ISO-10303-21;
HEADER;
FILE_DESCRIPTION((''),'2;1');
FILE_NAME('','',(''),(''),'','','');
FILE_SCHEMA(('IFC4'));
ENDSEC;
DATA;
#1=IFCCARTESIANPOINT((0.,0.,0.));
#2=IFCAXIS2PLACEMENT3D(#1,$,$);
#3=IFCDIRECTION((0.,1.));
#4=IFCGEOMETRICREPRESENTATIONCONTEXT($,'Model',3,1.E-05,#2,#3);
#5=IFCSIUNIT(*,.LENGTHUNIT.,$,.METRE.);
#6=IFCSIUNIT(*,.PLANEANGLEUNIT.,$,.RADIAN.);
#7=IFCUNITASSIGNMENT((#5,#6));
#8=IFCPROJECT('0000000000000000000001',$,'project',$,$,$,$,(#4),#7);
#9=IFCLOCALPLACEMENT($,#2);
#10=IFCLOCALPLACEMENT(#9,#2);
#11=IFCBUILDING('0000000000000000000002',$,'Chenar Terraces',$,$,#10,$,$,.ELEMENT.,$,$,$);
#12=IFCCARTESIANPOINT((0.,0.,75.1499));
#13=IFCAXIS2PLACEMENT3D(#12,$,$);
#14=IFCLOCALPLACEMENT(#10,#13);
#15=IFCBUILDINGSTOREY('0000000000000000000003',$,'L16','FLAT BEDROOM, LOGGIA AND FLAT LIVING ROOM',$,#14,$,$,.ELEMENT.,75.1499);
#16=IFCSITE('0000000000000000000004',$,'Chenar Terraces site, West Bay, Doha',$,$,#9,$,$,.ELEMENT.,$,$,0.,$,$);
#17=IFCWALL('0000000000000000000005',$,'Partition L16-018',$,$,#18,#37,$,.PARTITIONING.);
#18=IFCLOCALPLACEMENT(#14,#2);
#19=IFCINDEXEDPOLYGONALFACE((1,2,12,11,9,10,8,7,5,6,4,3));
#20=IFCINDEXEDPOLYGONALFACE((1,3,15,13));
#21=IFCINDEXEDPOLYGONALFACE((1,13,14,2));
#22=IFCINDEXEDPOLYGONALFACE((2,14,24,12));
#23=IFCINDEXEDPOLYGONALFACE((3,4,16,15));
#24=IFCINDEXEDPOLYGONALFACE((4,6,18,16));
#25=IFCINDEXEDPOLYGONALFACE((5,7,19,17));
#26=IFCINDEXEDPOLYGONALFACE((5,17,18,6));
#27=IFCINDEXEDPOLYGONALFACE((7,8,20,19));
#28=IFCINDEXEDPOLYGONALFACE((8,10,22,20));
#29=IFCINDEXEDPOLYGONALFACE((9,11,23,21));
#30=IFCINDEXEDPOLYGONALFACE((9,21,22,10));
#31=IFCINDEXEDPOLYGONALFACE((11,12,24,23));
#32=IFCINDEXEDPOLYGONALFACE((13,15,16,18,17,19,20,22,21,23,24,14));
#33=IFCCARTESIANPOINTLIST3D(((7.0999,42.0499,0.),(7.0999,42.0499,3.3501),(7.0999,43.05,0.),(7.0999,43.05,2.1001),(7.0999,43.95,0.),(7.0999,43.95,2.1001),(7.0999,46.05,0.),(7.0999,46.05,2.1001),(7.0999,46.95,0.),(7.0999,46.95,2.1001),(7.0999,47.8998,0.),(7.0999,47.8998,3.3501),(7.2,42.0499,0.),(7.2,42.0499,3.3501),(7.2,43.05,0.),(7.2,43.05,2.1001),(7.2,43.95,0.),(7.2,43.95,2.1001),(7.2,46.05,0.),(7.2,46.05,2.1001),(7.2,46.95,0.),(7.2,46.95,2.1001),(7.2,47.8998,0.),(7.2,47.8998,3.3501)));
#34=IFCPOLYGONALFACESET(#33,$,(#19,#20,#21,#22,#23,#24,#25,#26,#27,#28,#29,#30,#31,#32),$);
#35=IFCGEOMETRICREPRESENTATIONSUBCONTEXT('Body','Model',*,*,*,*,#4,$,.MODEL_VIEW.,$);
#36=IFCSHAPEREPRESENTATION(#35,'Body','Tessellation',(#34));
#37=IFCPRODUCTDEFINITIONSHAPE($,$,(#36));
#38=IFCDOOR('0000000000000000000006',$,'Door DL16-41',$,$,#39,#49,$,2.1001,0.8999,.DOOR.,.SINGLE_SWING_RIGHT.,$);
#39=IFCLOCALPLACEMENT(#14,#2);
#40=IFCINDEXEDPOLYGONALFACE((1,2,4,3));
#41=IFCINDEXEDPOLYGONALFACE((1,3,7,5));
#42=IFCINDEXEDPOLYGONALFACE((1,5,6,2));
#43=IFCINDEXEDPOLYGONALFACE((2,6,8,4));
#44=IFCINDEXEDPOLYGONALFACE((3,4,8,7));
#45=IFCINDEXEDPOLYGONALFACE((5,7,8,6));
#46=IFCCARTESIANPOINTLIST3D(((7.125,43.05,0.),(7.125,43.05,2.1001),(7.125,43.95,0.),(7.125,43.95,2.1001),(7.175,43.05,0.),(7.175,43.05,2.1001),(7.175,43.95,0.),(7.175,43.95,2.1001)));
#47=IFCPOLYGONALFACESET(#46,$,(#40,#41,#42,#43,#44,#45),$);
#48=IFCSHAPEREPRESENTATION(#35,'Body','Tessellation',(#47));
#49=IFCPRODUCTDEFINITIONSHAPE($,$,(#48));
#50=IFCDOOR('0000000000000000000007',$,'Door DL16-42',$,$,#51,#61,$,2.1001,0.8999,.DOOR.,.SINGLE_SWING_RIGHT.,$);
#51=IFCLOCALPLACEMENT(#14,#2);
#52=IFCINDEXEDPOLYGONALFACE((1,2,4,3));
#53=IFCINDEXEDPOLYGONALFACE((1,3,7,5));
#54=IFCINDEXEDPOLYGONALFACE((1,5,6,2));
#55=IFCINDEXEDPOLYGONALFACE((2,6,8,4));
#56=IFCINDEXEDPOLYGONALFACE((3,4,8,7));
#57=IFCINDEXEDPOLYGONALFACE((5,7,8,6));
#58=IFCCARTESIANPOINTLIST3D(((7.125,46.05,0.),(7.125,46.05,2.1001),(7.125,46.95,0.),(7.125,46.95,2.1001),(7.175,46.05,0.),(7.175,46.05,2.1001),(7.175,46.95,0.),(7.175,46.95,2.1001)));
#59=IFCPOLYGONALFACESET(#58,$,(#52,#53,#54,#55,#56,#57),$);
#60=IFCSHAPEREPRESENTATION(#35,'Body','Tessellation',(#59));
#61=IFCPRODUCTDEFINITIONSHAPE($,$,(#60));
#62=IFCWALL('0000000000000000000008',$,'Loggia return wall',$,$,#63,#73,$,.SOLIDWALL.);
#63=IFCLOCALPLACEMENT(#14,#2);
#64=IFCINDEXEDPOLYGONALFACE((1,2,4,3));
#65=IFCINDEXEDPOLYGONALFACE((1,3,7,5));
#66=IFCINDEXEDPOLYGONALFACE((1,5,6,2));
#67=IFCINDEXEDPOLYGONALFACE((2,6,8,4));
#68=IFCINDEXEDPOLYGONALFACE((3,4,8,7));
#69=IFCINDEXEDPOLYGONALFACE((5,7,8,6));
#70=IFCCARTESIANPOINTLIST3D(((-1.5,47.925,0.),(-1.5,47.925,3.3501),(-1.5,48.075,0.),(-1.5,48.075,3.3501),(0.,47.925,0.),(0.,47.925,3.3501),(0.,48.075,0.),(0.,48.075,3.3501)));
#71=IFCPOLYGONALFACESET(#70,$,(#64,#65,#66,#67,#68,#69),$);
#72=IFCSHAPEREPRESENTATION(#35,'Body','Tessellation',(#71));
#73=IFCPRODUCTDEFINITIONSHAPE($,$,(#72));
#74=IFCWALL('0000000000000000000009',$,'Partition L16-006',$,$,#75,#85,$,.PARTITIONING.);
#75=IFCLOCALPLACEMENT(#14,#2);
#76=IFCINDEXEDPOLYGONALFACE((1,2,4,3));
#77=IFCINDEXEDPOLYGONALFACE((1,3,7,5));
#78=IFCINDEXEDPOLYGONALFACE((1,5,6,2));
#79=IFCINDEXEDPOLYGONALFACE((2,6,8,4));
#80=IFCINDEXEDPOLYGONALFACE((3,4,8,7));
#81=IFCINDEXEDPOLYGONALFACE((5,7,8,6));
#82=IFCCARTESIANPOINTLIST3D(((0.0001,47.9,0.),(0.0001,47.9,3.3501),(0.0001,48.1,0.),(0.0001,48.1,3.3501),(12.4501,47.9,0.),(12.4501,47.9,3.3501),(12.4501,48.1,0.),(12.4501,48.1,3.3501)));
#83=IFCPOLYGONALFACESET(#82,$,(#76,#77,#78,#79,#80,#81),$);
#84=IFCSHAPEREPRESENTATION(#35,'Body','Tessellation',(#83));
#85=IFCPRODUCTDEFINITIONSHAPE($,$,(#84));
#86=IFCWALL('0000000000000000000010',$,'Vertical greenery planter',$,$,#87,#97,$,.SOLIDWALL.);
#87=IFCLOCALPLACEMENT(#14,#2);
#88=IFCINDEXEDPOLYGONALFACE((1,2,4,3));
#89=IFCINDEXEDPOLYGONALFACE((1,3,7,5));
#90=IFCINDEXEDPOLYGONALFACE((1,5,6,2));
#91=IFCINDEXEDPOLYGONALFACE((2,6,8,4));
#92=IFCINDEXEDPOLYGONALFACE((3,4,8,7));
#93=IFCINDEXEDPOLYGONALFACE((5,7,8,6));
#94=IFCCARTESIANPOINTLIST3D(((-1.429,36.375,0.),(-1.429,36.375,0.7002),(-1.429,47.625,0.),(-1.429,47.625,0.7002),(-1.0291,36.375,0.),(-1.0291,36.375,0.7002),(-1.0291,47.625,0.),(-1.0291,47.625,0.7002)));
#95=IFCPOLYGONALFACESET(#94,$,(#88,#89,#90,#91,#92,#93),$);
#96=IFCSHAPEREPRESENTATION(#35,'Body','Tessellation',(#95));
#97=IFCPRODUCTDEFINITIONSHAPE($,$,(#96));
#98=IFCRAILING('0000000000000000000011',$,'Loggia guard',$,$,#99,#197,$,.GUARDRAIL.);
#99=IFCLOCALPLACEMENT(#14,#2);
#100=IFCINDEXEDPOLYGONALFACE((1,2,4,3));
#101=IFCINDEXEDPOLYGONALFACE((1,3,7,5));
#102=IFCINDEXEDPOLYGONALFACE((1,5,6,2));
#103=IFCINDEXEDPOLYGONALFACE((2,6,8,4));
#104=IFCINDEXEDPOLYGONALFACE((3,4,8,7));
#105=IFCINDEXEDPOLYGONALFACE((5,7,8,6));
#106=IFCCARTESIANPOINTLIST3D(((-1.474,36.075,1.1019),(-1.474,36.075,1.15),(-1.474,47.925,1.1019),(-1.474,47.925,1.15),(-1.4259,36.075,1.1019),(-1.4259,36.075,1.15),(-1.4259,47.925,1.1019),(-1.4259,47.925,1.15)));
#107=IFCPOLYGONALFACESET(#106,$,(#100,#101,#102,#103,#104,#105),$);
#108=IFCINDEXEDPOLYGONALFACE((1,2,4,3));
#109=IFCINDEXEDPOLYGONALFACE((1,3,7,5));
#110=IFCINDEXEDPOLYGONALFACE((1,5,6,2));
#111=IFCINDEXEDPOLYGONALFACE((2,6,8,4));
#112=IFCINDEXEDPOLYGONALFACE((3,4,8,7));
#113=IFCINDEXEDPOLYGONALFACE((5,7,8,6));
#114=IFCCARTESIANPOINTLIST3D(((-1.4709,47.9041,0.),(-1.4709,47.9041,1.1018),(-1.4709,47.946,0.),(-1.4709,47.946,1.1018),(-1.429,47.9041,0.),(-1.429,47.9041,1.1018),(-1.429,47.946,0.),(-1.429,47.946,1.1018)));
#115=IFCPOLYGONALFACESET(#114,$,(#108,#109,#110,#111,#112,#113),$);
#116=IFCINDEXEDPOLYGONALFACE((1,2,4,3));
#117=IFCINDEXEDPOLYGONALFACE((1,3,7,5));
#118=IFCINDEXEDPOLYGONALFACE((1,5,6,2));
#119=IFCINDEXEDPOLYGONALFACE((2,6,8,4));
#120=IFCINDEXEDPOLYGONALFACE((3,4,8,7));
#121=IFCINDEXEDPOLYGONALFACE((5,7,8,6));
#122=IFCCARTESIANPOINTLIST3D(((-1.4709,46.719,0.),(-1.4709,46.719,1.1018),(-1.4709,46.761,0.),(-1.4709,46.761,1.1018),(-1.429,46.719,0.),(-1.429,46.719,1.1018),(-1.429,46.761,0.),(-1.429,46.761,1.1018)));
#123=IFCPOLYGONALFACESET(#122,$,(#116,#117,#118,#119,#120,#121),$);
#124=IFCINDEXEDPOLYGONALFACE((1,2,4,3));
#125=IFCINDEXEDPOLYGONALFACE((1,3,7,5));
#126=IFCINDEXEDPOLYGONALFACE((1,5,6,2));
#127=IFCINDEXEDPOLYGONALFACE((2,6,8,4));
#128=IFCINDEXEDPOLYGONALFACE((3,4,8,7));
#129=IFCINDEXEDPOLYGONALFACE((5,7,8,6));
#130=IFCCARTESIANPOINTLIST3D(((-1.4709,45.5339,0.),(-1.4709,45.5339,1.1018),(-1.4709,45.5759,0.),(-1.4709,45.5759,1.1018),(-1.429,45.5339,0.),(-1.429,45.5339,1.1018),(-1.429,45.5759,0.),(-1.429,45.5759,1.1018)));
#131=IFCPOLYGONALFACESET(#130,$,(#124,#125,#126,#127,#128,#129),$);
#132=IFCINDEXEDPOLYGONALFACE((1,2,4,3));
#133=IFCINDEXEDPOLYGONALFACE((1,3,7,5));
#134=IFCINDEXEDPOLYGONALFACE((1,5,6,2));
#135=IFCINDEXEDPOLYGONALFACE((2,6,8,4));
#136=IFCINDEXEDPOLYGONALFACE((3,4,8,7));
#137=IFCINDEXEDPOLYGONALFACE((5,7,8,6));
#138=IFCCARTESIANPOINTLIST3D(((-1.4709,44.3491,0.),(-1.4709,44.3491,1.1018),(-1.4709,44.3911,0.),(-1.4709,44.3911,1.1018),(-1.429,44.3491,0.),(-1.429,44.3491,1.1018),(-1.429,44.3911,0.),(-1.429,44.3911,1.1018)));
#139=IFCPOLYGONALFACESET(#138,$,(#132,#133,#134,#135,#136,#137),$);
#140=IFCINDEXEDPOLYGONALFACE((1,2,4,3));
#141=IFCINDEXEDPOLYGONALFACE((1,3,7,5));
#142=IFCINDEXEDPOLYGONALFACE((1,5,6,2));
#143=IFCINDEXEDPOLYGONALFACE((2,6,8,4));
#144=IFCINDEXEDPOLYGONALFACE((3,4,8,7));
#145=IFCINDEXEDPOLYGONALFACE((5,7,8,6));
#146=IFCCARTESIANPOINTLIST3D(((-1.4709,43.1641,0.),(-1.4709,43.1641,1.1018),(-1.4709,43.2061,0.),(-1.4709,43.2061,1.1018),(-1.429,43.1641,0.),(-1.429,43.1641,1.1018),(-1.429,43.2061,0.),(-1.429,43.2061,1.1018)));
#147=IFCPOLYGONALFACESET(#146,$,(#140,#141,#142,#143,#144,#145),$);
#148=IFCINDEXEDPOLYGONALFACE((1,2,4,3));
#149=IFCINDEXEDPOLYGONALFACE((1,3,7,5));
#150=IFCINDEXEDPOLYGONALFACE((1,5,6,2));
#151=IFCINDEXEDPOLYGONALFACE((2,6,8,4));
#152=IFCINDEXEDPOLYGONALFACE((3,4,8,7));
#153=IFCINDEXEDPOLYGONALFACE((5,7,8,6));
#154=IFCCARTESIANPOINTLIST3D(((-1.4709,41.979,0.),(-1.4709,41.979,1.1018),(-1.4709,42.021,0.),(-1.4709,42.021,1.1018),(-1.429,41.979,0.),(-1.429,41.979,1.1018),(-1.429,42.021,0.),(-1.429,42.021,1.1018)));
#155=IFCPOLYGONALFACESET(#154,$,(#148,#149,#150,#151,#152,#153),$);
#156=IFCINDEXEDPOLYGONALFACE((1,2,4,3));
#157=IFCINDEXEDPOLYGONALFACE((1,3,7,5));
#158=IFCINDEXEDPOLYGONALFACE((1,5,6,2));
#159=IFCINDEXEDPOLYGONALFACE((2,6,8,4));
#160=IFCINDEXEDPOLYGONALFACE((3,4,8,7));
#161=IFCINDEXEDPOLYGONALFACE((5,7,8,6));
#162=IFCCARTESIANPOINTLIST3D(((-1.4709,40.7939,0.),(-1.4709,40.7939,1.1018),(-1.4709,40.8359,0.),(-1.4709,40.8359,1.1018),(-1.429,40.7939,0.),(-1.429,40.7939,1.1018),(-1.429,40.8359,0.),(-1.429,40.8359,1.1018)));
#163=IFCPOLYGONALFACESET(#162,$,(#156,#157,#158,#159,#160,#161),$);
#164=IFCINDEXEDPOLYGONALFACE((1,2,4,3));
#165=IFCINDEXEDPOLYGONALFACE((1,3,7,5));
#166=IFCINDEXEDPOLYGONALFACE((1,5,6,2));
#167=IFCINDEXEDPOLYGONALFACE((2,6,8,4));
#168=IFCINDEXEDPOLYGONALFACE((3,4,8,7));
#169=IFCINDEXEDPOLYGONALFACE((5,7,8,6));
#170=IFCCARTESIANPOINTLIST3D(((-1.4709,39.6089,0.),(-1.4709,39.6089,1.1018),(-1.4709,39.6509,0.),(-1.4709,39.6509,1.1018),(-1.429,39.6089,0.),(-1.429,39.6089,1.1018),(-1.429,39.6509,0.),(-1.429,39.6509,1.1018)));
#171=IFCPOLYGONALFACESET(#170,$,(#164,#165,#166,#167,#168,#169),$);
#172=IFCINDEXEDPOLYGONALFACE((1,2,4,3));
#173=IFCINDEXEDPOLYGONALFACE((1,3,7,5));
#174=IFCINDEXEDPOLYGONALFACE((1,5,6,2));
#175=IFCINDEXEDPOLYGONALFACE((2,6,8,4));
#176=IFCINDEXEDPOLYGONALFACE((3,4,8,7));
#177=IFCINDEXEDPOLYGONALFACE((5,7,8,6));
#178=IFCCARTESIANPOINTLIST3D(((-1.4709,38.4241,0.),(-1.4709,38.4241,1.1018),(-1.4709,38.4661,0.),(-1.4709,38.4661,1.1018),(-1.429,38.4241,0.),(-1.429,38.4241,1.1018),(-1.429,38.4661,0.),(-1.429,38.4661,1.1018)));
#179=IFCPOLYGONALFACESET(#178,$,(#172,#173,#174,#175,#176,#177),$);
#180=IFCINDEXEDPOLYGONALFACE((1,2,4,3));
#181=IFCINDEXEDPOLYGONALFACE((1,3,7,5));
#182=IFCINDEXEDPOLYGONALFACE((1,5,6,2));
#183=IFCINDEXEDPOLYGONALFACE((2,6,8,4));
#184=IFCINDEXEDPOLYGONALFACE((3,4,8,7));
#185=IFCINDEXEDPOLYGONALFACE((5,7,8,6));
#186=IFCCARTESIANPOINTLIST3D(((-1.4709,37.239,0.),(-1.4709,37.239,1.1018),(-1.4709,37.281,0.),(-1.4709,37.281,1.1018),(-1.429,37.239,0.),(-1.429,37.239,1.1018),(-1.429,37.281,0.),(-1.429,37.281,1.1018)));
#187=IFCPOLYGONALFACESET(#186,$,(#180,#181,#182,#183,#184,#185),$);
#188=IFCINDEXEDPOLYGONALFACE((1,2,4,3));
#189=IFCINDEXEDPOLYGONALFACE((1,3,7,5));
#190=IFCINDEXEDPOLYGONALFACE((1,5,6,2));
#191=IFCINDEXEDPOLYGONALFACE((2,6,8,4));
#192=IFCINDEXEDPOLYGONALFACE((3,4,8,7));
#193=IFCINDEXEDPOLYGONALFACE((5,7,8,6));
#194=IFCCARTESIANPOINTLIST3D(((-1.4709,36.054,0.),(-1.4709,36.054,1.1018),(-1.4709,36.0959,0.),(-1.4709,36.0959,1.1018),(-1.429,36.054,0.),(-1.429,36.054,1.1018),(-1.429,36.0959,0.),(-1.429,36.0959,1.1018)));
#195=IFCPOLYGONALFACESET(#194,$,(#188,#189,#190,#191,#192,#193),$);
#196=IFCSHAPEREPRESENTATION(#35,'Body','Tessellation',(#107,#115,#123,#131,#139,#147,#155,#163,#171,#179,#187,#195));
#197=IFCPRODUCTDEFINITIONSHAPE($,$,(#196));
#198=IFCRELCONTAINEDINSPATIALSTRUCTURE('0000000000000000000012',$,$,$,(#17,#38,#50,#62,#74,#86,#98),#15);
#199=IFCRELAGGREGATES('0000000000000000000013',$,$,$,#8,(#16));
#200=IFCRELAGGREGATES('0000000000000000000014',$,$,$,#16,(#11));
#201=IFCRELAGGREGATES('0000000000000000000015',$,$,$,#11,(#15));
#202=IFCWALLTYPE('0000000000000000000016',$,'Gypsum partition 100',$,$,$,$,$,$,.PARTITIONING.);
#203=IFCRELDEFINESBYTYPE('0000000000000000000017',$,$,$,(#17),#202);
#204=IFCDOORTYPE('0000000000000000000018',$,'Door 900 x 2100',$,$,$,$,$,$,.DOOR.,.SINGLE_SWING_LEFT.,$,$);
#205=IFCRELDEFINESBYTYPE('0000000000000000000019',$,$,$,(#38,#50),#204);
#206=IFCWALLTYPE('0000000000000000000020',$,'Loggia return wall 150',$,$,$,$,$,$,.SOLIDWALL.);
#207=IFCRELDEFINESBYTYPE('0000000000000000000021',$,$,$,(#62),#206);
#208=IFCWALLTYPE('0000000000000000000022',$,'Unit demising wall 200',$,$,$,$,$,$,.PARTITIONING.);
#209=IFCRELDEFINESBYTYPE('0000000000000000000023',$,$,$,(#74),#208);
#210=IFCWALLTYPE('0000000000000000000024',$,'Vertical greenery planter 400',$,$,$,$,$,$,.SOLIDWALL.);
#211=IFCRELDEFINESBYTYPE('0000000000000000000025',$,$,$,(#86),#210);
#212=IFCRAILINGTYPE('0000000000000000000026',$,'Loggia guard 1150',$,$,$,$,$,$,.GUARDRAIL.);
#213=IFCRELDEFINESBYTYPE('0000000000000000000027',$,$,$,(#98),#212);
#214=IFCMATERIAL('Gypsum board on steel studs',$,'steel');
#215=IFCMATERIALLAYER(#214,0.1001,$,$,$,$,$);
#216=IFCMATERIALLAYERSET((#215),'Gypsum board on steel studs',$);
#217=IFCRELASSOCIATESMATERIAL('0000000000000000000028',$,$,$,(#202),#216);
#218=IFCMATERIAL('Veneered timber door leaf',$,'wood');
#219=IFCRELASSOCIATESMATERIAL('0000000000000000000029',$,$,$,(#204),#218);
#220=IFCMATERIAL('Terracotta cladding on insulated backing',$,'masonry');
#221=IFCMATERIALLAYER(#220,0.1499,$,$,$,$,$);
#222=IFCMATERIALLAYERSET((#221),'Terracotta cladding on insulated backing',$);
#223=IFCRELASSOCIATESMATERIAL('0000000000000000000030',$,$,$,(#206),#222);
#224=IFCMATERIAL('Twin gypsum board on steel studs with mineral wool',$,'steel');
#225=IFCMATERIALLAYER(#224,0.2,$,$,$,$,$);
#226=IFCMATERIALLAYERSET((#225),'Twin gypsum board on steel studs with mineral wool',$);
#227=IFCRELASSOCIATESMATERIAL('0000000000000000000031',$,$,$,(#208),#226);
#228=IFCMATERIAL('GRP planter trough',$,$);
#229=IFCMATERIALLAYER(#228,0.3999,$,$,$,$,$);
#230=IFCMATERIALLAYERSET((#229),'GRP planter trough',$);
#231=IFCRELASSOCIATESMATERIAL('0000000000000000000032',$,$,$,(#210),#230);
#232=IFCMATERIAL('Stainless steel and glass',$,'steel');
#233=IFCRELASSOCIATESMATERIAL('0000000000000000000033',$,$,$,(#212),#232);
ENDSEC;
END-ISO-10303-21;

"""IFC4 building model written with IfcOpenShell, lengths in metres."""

from ifc_helpers import new_model, si_unit, direction, frame, frame_2d, origin, origin_2d, place, context, subcontext, project, spatial, rectangle, extrude, material, layer, layer_set, type_object, element, fill, save


model = new_model("IFC4")

# Units and contexts
model_context = context("Model", 3, precision=1e-05, world=origin(), true_north=direction((0.0, 1.0)))
body_context = subcontext(model_context, "Body", "Model", "MODEL_VIEW")
ifc_project = project(units=[si_unit("LENGTHUNIT", "METRE"), si_unit("PLANEANGLEUNIT", "RADIAN")], contexts=[model_context])

# Site, building, storey
site_placement = place(None, origin())
site = spatial("IfcSite", under=ifc_project, at=site_placement, Name="Chenar Terraces site, West Bay, Doha", CompositionType="ELEMENT", RefElevation=0.0)
building_placement = place(site_placement, origin())
building = spatial("IfcBuilding", under=site, at=building_placement, Name="Chenar Terraces", CompositionType="ELEMENT")
storey_placement = place(building_placement, frame((0.0, 0.0, 75.1499)))
storey = spatial("IfcBuildingStorey", under=building, at=storey_placement, Name="L16", Description="FLAT BEDROOM, LOGGIA AND FLAT LIVING ROOM", CompositionType="ELEMENT", Elevation=75.1499)

# Shared definitions
ifc_material_1 = material(Name="Gypsum board on steel studs", Category="steel")
ifc_layer_1 = layer(ifc_material_1, 0.1001)
ifc_layer_set_1 = layer_set([ifc_layer_1], Name="Gypsum board on steel studs")
wall_type_1 = type_object("IfcWallType", Name="Gypsum partition 100", PredefinedType="PARTITIONING", material=ifc_layer_set_1)

# Wall, openings, doors
wall_1_placement = place(storey_placement, frame((7.1499, 42.05, 0.0), z_axis=(0.0, 0.0, 1.0), x_axis=(0.0, 1.0, 0.0)))
wall_1 = element("IfcWall", 1, at=wall_1_placement, inside=storey, type_object=wall_type_1, Name="Partition L16-018", PredefinedType="PARTITIONING", context=body_context, shape_type="SweptSolid", body=[
    extrude(rectangle(XDim=5.8499, YDim=0.1001, at=frame_2d((2.9248, 0.0))), origin(), (0.0, 0.0, 1.0), 3.3501),
])
opening_1_placement = place(wall_1_placement, frame((1.0, 0.0, 0.0)))
opening_1 = element("IfcOpeningElement", 2, at=opening_1_placement, cuts=wall_1, PredefinedType="OPENING", context=body_context, shape_type="SweptSolid", body=[
    extrude(rectangle(XDim=0.8999, YDim=2.1001, at=frame_2d((0.45, 1.05))), frame((0.0, 0.0601, 0.0), z_axis=(0.0, -1.0, 0.0), x_axis=(1.0, 0.0, 0.0)), (0.0, 0.0, 1.0), 0.1201),
])
opening_2_placement = place(wall_1_placement, frame((4.0, 0.0, 0.0)))
opening_2 = element("IfcOpeningElement", 3, at=opening_2_placement, cuts=wall_1, PredefinedType="OPENING", context=body_context, shape_type="SweptSolid", body=[
    extrude(rectangle(XDim=0.8999, YDim=2.1001, at=frame_2d((0.45, 1.05))), frame((0.0, 0.0601, 0.0), z_axis=(0.0, -1.0, 0.0), x_axis=(1.0, 0.0, 0.0)), (0.0, 0.0, 1.0), 0.1201),
])
ifc_material_2 = material(Name="Veneered timber door leaf", Category="wood")
door_type_1 = type_object("IfcDoorType", Name="Door 900 x 2100", OperationType="SINGLE_SWING_LEFT", PredefinedType="DOOR", material=ifc_material_2)
door_1_placement = place(opening_1_placement, origin())
door_1 = element("IfcDoor", 4, at=door_1_placement, inside=storey, type_object=door_type_1, Name="Door DL16-41", OperationType="SINGLE_SWING_RIGHT", OverallHeight=2.1001, OverallWidth=0.8999, PredefinedType="DOOR", context=body_context, shape_type="SweptSolid", body=[
    extrude(rectangle(XDim=0.8999, YDim=2.1001, at=frame_2d((0.45, 1.05))), frame((0.0, 0.0249, 0.0), z_axis=(0.0, -1.0, 0.0), x_axis=(1.0, 0.0, 0.0)), (0.0, 0.0, 1.0), 0.05),
])
fill(opening_1, door_1)
door_2_placement = place(opening_2_placement, origin())
door_2 = element("IfcDoor", 5, at=door_2_placement, inside=storey, type_object=door_type_1, Name="Door DL16-42", OperationType="SINGLE_SWING_RIGHT", OverallHeight=2.1001, OverallWidth=0.8999, PredefinedType="DOOR", context=body_context, shape_type="SweptSolid", body=[
    extrude(rectangle(XDim=0.8999, YDim=2.1001, at=frame_2d((0.45, 1.05))), frame((0.0, 0.0249, 0.0), z_axis=(0.0, -1.0, 0.0), x_axis=(1.0, 0.0, 0.0)), (0.0, 0.0, 1.0), 0.05),
])
fill(opening_2, door_2)

# Walls
ifc_material_3 = material(Name="Terracotta cladding on insulated backing", Category="masonry")
ifc_layer_2 = layer(ifc_material_3, 0.1499)
ifc_layer_set_2 = layer_set([ifc_layer_2], Name="Terracotta cladding on insulated backing")
wall_type_2 = type_object("IfcWallType", Name="Loggia return wall 150", PredefinedType="SOLIDWALL", material=ifc_layer_set_2)
wall_2_placement = place(storey_placement, frame((-1.5, 48.0, 0.0), z_axis=(0.0, 0.0, 1.0), x_axis=(1.0, 0.0, 0.0)))
element("IfcWall", 6, at=wall_2_placement, inside=storey, type_object=wall_type_2, Name="Loggia return wall", PredefinedType="SOLIDWALL", context=body_context, shape_type="SweptSolid", body=[
    extrude(rectangle(XDim=1.5, YDim=0.1499, at=frame_2d((0.75, 0.0))), origin(), (0.0, 0.0, 1.0), 3.3501),
])
ifc_material_4 = material(Name="Twin gypsum board on steel studs with mineral wool", Category="steel")
ifc_layer_3 = layer(ifc_material_4, 0.2)
ifc_layer_set_3 = layer_set([ifc_layer_3], Name="Twin gypsum board on steel studs with mineral wool")
wall_type_3 = type_object("IfcWallType", Name="Unit demising wall 200", PredefinedType="PARTITIONING", material=ifc_layer_set_3)
wall_3_placement = place(storey_placement, frame((0.0, 48.0, 0.0), z_axis=(0.0, 0.0, 1.0), x_axis=(1.0, 0.0, 0.0)))
element("IfcWall", 7, at=wall_3_placement, inside=storey, type_object=wall_type_3, Name="Partition L16-006", PredefinedType="PARTITIONING", context=body_context, shape_type="SweptSolid", body=[
    extrude(rectangle(XDim=12.45, YDim=0.2, at=frame_2d((6.2251, 0.0))), origin(), (0.0, 0.0, 1.0), 3.3501),
])
ifc_material_5 = material(Name="GRP planter trough")
ifc_layer_4 = layer(ifc_material_5, 0.3999)
ifc_layer_set_4 = layer_set([ifc_layer_4], Name="GRP planter trough")
wall_type_4 = type_object("IfcWallType", Name="Vertical greenery planter 400", PredefinedType="SOLIDWALL", material=ifc_layer_set_4)
wall_4_placement = place(storey_placement, frame((-1.229, 47.625, 0.0), z_axis=(0.0, 0.0, 1.0), x_axis=(0.0, -1.0, 0.0)))
element("IfcWall", 8, at=wall_4_placement, inside=storey, type_object=wall_type_4, Name="Vertical greenery planter", PredefinedType="SOLIDWALL", context=body_context, shape_type="SweptSolid", body=[
    extrude(rectangle(XDim=11.25, YDim=0.3999, at=frame_2d((5.625, 0.0))), origin(), (0.0, 0.0, 1.0), 0.7002),
])

# Railing
ifc_material_6 = material(Name="Stainless steel and glass", Category="steel")
railing_type = type_object("IfcRailingType", Name="Loggia guard 1150", PredefinedType="GUARDRAIL", material=ifc_material_6)
railing_placement = place(storey_placement, frame((-1.45, 47.925, 0.0)))
element("IfcRailing", 9, at=railing_placement, inside=storey, type_object=railing_type, Name="Loggia guard", PredefinedType="GUARDRAIL", context=body_context, shape_type="SweptSolid", body=[
    extrude(rectangle(XDim=0.0481, YDim=0.0481, at=origin_2d()), frame((0.0, 0.0, 1.126), z_axis=(0.0, -1.0, 0.0), x_axis=(1.0, 0.0, 0.0)), (0.0, 0.0, 1.0), 11.8501),
    extrude(rectangle(XDim=0.042, YDim=0.042, at=origin_2d()), origin(), (0.0, 0.0, 1.0), 1.1018),
    extrude(rectangle(XDim=0.042, YDim=0.042, at=origin_2d()), frame((0.0, -1.1851, 0.0)), (0.0, 0.0, 1.0), 1.1018),
    extrude(rectangle(XDim=0.042, YDim=0.042, at=origin_2d()), frame((0.0, -2.3701, 0.0)), (0.0, 0.0, 1.0), 1.1018),
    extrude(rectangle(XDim=0.042, YDim=0.042, at=origin_2d()), frame((0.0, -3.5549, 0.0)), (0.0, 0.0, 1.0), 1.1018),
    extrude(rectangle(XDim=0.042, YDim=0.042, at=origin_2d()), frame((0.0, -4.74, 0.0)), (0.0, 0.0, 1.0), 1.1018),
    extrude(rectangle(XDim=0.042, YDim=0.042, at=origin_2d()), frame((0.0, -5.925, 0.0)), (0.0, 0.0, 1.0), 1.1018),
    extrude(rectangle(XDim=0.042, YDim=0.042, at=origin_2d()), frame((0.0, -7.1101, 0.0)), (0.0, 0.0, 1.0), 1.1018),
    extrude(rectangle(XDim=0.042, YDim=0.042, at=origin_2d()), frame((0.0, -8.2952, 0.0)), (0.0, 0.0, 1.0), 1.1018),
    extrude(rectangle(XDim=0.042, YDim=0.042, at=origin_2d()), frame((0.0, -9.48, 0.0)), (0.0, 0.0, 1.0), 1.1018),
    extrude(rectangle(XDim=0.042, YDim=0.042, at=origin_2d()), frame((0.0, -10.665, 0.0)), (0.0, 0.0, 1.0), 1.1018),
    extrude(rectangle(XDim=0.042, YDim=0.042, at=origin_2d()), frame((0.0, -11.8501, 0.0)), (0.0, 0.0, 1.0), 1.1018),
])

save(model, "model.ifc")
